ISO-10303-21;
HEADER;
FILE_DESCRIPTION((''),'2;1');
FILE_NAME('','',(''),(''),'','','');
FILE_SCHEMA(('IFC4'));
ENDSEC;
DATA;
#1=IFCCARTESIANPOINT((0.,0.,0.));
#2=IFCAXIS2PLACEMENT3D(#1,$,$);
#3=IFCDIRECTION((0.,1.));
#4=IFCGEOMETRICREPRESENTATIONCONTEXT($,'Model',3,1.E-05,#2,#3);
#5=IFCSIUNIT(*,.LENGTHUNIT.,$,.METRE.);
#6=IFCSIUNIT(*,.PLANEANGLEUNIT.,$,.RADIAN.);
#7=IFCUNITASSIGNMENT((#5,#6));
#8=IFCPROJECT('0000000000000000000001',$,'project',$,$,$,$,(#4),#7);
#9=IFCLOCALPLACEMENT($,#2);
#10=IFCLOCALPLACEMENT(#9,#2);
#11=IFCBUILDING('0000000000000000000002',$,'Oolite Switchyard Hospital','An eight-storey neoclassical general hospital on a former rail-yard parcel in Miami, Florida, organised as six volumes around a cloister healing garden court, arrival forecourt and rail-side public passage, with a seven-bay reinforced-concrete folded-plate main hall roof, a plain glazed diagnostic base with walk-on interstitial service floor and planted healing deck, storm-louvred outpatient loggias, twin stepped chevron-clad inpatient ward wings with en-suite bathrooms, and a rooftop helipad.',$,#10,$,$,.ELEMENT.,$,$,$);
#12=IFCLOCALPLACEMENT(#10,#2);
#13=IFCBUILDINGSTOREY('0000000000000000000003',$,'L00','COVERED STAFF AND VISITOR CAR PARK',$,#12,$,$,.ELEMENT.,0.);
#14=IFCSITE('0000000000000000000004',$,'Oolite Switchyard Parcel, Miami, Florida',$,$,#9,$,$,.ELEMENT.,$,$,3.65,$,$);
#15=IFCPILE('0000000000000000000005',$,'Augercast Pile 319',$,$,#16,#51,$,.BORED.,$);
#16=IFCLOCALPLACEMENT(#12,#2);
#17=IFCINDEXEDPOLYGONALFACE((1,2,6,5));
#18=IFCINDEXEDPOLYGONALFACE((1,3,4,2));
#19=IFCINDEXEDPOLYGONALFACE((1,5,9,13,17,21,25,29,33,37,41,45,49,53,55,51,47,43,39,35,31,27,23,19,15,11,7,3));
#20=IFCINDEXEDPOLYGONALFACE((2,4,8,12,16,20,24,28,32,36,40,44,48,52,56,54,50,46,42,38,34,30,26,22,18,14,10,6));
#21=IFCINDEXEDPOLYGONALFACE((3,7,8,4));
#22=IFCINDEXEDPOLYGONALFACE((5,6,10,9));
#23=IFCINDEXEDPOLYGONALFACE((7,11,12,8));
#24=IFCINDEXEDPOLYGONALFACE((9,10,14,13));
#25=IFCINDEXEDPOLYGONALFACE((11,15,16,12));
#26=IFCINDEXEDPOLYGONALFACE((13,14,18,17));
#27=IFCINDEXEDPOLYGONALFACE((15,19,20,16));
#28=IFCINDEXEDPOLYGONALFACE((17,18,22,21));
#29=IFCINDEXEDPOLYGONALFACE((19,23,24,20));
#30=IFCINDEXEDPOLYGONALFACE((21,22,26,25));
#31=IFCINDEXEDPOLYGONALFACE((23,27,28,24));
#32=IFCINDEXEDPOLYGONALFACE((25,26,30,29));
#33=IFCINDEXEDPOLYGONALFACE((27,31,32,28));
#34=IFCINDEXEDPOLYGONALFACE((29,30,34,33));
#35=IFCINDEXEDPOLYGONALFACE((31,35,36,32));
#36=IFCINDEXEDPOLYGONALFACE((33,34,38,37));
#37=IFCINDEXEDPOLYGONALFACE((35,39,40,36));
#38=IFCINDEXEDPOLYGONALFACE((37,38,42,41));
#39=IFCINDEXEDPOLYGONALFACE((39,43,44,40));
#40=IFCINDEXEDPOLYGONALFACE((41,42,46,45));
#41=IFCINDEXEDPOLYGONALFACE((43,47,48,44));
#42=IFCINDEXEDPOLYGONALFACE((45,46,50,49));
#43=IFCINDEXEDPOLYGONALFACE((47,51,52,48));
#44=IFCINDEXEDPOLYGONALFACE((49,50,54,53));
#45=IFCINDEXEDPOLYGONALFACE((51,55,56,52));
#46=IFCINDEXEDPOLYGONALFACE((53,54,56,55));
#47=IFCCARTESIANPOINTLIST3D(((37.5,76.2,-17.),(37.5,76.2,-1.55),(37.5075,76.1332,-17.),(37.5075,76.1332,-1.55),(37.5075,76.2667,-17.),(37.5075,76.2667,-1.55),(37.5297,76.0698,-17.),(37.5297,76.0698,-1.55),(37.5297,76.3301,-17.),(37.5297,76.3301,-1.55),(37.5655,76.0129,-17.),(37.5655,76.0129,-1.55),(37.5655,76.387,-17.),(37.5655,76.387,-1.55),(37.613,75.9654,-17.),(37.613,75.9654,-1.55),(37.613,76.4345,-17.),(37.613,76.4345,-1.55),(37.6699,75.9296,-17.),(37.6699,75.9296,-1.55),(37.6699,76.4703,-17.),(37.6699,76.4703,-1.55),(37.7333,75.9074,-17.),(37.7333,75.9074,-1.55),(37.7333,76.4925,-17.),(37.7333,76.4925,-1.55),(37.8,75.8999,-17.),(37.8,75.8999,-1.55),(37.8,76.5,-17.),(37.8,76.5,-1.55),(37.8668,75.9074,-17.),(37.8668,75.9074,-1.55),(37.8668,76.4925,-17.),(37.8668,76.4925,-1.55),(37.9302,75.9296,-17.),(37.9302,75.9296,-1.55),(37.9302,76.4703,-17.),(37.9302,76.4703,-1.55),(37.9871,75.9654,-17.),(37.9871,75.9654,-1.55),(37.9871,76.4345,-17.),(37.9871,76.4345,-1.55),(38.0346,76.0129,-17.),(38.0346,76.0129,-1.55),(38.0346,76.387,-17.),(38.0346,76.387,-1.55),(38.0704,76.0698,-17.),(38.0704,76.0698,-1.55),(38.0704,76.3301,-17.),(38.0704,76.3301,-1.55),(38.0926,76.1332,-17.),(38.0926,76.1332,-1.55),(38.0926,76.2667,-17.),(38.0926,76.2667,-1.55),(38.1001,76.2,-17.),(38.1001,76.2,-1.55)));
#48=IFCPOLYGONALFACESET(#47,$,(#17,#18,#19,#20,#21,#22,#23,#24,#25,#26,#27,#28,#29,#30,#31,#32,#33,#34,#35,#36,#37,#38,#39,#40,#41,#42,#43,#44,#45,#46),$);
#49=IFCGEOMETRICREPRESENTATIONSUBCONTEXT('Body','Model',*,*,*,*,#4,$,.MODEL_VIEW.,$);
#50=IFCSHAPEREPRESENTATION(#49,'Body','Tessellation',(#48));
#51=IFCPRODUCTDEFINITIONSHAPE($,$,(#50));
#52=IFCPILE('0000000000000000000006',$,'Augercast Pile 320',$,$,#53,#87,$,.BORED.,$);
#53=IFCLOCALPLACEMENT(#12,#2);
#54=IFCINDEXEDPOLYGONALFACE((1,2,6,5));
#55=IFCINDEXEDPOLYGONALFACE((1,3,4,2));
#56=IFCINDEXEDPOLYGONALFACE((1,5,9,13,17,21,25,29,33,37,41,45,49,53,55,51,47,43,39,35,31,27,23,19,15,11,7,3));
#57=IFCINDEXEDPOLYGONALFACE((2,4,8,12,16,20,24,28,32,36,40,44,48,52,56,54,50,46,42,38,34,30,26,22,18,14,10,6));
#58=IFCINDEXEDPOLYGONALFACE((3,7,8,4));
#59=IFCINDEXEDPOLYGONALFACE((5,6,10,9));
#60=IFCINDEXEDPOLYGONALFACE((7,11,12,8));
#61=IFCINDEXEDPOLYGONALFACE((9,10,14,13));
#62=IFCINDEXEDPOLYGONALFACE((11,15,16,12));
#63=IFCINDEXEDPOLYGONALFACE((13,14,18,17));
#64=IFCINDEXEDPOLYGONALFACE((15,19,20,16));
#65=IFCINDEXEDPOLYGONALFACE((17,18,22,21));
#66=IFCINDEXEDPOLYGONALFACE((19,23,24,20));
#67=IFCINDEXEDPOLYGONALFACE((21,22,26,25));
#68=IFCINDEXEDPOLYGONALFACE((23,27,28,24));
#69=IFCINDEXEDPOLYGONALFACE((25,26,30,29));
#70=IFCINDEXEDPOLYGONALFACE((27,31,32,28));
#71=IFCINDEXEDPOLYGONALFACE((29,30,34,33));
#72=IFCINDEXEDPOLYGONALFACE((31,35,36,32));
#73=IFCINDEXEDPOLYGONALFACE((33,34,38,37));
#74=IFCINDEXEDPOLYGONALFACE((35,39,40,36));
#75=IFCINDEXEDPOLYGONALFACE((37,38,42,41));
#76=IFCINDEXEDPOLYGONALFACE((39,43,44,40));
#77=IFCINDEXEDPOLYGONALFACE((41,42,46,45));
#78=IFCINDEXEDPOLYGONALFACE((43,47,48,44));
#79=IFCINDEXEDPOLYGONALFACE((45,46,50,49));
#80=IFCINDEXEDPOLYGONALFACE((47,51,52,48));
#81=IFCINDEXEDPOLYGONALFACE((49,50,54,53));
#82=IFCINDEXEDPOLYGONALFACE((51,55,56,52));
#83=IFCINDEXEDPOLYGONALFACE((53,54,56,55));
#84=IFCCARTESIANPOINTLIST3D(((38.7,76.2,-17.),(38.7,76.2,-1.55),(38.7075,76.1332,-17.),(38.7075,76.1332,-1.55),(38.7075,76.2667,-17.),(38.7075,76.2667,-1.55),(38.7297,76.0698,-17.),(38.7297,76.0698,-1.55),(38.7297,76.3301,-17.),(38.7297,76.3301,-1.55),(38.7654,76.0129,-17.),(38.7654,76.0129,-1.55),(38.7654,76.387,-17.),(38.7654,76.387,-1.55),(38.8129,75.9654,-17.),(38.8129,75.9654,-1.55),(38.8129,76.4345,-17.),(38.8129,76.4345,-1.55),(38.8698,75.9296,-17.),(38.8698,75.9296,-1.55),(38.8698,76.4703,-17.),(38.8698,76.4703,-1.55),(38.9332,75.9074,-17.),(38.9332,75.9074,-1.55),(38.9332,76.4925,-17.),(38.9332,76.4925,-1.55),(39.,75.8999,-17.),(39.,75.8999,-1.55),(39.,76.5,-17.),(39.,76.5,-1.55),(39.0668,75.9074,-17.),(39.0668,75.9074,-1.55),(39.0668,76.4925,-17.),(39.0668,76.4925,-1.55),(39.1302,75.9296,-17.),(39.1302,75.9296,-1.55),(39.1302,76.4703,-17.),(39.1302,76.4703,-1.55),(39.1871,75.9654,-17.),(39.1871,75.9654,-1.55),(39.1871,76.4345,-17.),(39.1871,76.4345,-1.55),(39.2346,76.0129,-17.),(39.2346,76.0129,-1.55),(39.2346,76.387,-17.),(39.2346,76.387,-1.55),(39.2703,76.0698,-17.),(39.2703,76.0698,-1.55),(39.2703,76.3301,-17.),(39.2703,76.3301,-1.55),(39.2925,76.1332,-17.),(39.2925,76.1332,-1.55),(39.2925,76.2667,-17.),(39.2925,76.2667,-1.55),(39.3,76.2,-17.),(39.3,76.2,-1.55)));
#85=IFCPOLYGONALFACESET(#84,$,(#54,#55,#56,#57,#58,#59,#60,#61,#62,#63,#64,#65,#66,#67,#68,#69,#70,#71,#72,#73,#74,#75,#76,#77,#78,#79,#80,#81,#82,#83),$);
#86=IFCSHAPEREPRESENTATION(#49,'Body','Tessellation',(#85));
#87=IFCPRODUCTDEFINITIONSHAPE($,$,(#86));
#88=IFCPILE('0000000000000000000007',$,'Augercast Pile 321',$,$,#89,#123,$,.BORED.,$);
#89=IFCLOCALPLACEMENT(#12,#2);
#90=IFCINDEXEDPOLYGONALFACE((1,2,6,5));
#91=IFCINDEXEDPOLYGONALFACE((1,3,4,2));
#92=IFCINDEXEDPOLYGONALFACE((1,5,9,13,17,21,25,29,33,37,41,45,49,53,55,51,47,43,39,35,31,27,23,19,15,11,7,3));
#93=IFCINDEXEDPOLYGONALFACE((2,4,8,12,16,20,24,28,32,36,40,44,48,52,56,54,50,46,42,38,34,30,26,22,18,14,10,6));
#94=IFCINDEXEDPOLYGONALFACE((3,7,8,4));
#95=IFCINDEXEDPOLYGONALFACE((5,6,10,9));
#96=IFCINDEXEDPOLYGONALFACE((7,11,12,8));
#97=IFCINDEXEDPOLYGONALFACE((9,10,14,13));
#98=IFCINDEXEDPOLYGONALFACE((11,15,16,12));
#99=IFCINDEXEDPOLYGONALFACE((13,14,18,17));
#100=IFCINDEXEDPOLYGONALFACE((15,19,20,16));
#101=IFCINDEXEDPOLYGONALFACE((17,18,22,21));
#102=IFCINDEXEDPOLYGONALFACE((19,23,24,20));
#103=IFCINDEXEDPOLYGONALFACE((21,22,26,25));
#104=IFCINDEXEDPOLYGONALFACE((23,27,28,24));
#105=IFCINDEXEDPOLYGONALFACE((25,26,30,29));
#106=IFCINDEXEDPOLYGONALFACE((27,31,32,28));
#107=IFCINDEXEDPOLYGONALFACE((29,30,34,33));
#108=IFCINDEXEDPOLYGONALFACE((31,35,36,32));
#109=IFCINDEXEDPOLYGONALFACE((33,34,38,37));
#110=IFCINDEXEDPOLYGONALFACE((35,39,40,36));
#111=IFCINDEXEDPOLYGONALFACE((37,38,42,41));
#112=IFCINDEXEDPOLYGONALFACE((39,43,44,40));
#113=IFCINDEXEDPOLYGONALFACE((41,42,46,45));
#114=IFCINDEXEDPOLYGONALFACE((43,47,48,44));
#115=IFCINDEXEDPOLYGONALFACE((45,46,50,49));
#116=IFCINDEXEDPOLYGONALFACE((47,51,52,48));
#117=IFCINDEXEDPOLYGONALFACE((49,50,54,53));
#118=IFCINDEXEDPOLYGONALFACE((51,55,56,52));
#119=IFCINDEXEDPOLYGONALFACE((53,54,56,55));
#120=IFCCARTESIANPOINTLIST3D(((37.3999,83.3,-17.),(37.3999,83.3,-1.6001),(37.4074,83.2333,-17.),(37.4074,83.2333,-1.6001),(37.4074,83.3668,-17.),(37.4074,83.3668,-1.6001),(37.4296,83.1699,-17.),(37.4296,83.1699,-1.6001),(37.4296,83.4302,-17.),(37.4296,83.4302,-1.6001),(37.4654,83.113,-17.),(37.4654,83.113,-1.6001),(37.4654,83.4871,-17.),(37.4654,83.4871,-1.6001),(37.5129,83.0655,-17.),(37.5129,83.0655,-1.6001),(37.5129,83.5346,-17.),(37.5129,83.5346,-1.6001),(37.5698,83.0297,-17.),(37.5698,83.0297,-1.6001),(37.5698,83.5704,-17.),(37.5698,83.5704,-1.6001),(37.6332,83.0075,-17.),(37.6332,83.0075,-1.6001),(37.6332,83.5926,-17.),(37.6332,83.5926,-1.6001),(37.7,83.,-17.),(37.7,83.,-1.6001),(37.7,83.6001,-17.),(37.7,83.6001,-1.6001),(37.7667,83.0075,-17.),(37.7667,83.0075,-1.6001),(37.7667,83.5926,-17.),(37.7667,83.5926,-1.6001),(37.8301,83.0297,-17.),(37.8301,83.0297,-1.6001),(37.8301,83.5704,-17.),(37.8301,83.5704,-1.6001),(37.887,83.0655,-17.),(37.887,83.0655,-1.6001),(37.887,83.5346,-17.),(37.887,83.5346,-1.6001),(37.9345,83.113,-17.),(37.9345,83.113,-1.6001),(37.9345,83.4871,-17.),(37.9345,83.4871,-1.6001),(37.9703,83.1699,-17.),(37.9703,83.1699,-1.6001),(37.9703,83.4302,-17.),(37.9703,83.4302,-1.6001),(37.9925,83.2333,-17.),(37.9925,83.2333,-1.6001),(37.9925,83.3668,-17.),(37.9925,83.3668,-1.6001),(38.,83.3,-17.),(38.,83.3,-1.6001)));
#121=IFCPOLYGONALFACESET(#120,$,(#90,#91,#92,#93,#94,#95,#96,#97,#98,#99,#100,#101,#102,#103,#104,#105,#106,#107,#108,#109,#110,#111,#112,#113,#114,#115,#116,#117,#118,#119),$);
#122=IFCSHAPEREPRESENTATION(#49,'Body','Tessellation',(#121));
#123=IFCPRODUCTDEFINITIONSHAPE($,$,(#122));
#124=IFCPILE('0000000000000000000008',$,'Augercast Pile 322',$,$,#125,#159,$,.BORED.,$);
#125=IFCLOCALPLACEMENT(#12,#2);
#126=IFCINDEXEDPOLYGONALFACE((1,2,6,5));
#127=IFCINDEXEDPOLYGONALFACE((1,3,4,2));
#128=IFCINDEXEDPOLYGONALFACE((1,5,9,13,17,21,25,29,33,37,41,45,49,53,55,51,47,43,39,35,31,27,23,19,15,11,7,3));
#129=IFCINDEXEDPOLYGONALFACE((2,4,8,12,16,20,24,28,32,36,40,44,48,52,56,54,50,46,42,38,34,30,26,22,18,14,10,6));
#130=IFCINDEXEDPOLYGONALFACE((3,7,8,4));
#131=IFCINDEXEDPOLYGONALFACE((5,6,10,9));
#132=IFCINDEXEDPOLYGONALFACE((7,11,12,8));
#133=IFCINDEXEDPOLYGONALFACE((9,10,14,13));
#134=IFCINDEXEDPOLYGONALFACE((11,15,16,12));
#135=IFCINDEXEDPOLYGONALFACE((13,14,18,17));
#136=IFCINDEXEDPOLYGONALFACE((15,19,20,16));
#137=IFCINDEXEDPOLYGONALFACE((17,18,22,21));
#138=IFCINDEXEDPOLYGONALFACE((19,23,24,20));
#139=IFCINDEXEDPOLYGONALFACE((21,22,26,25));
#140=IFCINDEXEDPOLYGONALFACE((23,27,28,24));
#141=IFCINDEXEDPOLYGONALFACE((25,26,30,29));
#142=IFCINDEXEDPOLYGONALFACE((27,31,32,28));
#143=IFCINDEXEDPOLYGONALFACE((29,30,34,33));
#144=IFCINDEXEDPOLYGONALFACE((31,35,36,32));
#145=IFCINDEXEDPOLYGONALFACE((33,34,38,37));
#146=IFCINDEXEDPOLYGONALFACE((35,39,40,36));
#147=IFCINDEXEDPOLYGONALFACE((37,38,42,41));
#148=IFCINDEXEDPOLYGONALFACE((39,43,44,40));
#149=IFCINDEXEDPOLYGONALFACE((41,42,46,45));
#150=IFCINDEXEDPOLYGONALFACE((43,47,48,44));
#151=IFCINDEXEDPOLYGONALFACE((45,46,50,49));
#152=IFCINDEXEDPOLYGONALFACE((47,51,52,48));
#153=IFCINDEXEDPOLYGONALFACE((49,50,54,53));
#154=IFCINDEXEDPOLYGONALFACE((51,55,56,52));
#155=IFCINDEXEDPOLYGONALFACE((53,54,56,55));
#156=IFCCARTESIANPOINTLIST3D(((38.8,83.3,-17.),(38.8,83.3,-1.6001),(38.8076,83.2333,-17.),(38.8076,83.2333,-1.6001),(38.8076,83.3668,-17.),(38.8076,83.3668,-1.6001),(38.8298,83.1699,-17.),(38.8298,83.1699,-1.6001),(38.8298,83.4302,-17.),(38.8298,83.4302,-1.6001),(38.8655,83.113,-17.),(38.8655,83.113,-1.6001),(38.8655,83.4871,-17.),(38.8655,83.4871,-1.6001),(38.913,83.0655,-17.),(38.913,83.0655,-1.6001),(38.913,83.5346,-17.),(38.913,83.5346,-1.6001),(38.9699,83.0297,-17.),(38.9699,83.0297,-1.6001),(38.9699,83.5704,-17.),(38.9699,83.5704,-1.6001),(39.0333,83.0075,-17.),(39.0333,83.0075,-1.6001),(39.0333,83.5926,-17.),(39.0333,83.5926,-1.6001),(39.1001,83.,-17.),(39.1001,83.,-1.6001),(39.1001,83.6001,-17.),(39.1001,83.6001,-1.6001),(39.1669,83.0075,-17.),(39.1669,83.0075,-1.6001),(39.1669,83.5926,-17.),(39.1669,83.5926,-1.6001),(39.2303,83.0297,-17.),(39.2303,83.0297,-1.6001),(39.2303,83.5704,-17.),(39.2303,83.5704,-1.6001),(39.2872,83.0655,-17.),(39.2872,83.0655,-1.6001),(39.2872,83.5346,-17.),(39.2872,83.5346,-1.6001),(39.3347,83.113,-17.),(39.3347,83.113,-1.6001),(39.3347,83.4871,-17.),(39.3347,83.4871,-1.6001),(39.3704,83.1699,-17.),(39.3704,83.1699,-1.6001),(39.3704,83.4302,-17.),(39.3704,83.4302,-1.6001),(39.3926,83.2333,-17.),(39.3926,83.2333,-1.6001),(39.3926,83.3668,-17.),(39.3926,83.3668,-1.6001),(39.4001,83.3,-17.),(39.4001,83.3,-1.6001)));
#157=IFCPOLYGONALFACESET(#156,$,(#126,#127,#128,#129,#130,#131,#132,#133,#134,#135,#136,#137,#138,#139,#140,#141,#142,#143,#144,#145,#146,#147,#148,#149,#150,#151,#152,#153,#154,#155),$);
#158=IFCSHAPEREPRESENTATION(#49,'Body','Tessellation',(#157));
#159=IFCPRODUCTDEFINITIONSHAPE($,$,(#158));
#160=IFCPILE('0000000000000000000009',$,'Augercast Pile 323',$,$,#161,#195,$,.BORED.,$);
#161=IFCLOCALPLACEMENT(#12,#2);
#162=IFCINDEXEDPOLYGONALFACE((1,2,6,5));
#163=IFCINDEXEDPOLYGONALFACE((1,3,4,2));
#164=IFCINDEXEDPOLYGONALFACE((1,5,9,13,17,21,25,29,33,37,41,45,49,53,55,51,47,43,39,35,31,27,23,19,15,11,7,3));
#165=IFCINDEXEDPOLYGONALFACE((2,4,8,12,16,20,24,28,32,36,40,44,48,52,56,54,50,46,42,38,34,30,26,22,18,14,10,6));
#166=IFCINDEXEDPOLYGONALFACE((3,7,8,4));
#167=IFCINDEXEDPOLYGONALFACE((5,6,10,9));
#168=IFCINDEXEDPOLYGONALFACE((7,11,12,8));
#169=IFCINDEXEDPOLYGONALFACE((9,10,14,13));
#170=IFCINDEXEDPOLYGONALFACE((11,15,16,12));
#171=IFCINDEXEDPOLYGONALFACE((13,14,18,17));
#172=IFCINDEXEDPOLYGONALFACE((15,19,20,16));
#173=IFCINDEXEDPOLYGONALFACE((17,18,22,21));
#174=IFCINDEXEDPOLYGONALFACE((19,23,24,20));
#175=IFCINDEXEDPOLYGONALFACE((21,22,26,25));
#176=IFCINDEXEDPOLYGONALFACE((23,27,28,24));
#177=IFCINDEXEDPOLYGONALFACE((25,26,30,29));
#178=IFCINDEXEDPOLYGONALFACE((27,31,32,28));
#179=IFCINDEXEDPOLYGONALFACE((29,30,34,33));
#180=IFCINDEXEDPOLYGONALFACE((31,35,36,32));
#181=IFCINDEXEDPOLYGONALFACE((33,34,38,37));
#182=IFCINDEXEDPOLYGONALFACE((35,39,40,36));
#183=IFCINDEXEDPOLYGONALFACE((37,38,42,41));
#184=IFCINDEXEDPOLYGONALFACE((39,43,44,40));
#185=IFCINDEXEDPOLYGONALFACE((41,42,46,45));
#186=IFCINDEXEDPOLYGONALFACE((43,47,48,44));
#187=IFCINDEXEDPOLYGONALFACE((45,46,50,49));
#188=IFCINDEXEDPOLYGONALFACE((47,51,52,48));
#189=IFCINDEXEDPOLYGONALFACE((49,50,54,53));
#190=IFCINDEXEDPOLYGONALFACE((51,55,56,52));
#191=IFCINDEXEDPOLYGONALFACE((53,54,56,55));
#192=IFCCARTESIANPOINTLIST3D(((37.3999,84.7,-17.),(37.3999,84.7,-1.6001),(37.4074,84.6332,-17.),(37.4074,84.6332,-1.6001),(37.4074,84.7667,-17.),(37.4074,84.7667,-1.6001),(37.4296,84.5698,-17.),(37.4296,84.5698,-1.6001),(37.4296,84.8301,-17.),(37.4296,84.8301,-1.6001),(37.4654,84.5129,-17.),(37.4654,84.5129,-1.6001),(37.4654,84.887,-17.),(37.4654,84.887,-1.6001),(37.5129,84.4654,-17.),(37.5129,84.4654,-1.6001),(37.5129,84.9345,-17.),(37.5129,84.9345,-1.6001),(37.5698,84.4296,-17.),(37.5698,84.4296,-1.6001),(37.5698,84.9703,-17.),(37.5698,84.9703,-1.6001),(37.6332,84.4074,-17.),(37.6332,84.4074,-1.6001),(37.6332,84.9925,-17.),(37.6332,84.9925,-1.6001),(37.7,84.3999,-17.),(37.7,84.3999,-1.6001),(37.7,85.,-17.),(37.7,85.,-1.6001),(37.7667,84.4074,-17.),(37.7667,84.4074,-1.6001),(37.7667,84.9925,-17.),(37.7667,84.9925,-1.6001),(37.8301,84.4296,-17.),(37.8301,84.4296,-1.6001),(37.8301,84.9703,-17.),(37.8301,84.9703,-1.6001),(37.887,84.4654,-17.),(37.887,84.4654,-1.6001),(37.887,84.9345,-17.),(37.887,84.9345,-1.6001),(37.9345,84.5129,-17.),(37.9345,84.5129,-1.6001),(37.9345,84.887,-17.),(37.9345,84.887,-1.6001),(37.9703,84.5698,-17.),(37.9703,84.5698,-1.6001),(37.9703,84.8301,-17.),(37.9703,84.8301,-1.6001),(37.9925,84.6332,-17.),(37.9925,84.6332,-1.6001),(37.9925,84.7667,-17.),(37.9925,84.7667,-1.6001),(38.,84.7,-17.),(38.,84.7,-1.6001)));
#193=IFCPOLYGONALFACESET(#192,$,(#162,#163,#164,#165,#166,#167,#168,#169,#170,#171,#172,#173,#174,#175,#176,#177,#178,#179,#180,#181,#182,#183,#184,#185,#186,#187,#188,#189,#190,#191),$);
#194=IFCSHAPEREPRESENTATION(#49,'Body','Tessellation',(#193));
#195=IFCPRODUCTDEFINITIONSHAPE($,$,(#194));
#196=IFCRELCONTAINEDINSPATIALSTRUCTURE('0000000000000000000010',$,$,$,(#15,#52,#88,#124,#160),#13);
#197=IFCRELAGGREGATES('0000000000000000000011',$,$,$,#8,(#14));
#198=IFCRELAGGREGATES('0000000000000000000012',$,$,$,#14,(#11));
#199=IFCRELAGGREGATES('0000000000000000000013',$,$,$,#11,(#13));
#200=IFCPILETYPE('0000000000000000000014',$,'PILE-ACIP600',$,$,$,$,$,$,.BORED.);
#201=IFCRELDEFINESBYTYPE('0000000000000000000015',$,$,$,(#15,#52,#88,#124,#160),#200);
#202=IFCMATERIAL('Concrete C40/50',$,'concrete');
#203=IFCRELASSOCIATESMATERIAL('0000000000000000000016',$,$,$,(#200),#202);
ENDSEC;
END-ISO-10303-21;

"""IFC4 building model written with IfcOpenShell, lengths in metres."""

from ifc_helpers import new_model, si_unit, direction, frame, origin, origin_2d, place, context, subcontext, project, spatial, circle, extrude, material, material_profile, profile_set, type_object, element, save


model = new_model("IFC4")

# Units and contexts
model_context = context("Model", 3, precision=1e-05, world=origin(), true_north=direction((0.0, 1.0)))
body_context = subcontext(model_context, "Body", "Model", "MODEL_VIEW")
ifc_project = project(units=[si_unit("LENGTHUNIT", "METRE"), si_unit("PLANEANGLEUNIT", "RADIAN")], contexts=[model_context])

# Site, building, storey
site_placement = place(None, origin())
site = spatial("IfcSite", under=ifc_project, at=site_placement, Name="Oolite Switchyard Parcel, Miami, Florida", CompositionType="ELEMENT", RefElevation=3.65)
building_placement = place(site_placement, origin())
building = spatial("IfcBuilding", under=site, at=building_placement, Name="Oolite Switchyard Hospital", Description="An eight-storey neoclassical general hospital on a former rail-yard parcel in Miami, Florida, organised as six volumes around a cloister healing garden court, arrival forecourt and rail-side public passage, with a seven-bay reinforced-concrete folded-plate main hall roof, a plain glazed diagnostic base with walk-on interstitial service floor and planted healing deck, storm-louvred outpatient loggias, twin stepped chevron-clad inpatient ward wings with en-suite bathrooms, and a rooftop helipad.", CompositionType="ELEMENT")
storey_placement = place(building_placement, origin())
storey = spatial("IfcBuildingStorey", under=building, at=storey_placement, Name="L00", Description="COVERED STAFF AND VISITOR CAR PARK", CompositionType="ELEMENT", Elevation=0.0)

# Shared definitions
ifc_material_1 = material(Name="Concrete C40/50", Category="concrete")

# Piles
ifc_material_profile_1 = material_profile(ifc_material_1, circle(Radius=0.3, at=origin_2d()), Name="PILE600")
ifc_profile_set_1 = profile_set([ifc_material_profile_1], Name="Concrete C40/50")
pile_type = type_object("IfcPileType", Name="PILE-ACIP600", PredefinedType="BORED", material=ifc_profile_set_1)
for number, where, z_axis, x_axis, name in (
    (1, (37.8, 76.2, -1.55), (0.0, 0.0, -1.0), (1.0, 0.0, 0.0), "Augercast Pile 319"),
    (2, (39.0, 76.2, -1.55), (0.0, 0.0, -1.0), (1.0, 0.0, 0.0), "Augercast Pile 320"),
):
    element("IfcPile", number, at=place(storey_placement, frame(where, z_axis=z_axis, x_axis=x_axis)), inside=storey, type_object=pile_type, Name=name, PredefinedType="BORED", context=body_context, shape_type="SweptSolid", body=[
        extrude(circle(Radius=0.3, at=origin_2d()), origin(), (0.0, 0.0, 1.0), 15.45),
    ])
for number, where, z_axis, x_axis, name in (
    (3, (37.7, 83.3, -1.6001), (0.0, 0.0, -1.0), (1.0, 0.0, 0.0), "Augercast Pile 321"),
    (4, (39.1001, 83.3, -1.6001), (0.0, 0.0, -1.0), (1.0, 0.0, 0.0), "Augercast Pile 322"),
    (5, (37.7, 84.7, -1.6001), (0.0, 0.0, -1.0), (1.0, 0.0, 0.0), "Augercast Pile 323"),
):
    element("IfcPile", number, at=place(storey_placement, frame(where, z_axis=z_axis, x_axis=x_axis)), inside=storey, type_object=pile_type, Name=name, PredefinedType="BORED", context=body_context, shape_type="SweptSolid", body=[
        extrude(circle(Radius=0.3, at=origin_2d()), origin(), (0.0, 0.0, 1.0), 15.3999),
    ])

save(model, "model.ifc")
